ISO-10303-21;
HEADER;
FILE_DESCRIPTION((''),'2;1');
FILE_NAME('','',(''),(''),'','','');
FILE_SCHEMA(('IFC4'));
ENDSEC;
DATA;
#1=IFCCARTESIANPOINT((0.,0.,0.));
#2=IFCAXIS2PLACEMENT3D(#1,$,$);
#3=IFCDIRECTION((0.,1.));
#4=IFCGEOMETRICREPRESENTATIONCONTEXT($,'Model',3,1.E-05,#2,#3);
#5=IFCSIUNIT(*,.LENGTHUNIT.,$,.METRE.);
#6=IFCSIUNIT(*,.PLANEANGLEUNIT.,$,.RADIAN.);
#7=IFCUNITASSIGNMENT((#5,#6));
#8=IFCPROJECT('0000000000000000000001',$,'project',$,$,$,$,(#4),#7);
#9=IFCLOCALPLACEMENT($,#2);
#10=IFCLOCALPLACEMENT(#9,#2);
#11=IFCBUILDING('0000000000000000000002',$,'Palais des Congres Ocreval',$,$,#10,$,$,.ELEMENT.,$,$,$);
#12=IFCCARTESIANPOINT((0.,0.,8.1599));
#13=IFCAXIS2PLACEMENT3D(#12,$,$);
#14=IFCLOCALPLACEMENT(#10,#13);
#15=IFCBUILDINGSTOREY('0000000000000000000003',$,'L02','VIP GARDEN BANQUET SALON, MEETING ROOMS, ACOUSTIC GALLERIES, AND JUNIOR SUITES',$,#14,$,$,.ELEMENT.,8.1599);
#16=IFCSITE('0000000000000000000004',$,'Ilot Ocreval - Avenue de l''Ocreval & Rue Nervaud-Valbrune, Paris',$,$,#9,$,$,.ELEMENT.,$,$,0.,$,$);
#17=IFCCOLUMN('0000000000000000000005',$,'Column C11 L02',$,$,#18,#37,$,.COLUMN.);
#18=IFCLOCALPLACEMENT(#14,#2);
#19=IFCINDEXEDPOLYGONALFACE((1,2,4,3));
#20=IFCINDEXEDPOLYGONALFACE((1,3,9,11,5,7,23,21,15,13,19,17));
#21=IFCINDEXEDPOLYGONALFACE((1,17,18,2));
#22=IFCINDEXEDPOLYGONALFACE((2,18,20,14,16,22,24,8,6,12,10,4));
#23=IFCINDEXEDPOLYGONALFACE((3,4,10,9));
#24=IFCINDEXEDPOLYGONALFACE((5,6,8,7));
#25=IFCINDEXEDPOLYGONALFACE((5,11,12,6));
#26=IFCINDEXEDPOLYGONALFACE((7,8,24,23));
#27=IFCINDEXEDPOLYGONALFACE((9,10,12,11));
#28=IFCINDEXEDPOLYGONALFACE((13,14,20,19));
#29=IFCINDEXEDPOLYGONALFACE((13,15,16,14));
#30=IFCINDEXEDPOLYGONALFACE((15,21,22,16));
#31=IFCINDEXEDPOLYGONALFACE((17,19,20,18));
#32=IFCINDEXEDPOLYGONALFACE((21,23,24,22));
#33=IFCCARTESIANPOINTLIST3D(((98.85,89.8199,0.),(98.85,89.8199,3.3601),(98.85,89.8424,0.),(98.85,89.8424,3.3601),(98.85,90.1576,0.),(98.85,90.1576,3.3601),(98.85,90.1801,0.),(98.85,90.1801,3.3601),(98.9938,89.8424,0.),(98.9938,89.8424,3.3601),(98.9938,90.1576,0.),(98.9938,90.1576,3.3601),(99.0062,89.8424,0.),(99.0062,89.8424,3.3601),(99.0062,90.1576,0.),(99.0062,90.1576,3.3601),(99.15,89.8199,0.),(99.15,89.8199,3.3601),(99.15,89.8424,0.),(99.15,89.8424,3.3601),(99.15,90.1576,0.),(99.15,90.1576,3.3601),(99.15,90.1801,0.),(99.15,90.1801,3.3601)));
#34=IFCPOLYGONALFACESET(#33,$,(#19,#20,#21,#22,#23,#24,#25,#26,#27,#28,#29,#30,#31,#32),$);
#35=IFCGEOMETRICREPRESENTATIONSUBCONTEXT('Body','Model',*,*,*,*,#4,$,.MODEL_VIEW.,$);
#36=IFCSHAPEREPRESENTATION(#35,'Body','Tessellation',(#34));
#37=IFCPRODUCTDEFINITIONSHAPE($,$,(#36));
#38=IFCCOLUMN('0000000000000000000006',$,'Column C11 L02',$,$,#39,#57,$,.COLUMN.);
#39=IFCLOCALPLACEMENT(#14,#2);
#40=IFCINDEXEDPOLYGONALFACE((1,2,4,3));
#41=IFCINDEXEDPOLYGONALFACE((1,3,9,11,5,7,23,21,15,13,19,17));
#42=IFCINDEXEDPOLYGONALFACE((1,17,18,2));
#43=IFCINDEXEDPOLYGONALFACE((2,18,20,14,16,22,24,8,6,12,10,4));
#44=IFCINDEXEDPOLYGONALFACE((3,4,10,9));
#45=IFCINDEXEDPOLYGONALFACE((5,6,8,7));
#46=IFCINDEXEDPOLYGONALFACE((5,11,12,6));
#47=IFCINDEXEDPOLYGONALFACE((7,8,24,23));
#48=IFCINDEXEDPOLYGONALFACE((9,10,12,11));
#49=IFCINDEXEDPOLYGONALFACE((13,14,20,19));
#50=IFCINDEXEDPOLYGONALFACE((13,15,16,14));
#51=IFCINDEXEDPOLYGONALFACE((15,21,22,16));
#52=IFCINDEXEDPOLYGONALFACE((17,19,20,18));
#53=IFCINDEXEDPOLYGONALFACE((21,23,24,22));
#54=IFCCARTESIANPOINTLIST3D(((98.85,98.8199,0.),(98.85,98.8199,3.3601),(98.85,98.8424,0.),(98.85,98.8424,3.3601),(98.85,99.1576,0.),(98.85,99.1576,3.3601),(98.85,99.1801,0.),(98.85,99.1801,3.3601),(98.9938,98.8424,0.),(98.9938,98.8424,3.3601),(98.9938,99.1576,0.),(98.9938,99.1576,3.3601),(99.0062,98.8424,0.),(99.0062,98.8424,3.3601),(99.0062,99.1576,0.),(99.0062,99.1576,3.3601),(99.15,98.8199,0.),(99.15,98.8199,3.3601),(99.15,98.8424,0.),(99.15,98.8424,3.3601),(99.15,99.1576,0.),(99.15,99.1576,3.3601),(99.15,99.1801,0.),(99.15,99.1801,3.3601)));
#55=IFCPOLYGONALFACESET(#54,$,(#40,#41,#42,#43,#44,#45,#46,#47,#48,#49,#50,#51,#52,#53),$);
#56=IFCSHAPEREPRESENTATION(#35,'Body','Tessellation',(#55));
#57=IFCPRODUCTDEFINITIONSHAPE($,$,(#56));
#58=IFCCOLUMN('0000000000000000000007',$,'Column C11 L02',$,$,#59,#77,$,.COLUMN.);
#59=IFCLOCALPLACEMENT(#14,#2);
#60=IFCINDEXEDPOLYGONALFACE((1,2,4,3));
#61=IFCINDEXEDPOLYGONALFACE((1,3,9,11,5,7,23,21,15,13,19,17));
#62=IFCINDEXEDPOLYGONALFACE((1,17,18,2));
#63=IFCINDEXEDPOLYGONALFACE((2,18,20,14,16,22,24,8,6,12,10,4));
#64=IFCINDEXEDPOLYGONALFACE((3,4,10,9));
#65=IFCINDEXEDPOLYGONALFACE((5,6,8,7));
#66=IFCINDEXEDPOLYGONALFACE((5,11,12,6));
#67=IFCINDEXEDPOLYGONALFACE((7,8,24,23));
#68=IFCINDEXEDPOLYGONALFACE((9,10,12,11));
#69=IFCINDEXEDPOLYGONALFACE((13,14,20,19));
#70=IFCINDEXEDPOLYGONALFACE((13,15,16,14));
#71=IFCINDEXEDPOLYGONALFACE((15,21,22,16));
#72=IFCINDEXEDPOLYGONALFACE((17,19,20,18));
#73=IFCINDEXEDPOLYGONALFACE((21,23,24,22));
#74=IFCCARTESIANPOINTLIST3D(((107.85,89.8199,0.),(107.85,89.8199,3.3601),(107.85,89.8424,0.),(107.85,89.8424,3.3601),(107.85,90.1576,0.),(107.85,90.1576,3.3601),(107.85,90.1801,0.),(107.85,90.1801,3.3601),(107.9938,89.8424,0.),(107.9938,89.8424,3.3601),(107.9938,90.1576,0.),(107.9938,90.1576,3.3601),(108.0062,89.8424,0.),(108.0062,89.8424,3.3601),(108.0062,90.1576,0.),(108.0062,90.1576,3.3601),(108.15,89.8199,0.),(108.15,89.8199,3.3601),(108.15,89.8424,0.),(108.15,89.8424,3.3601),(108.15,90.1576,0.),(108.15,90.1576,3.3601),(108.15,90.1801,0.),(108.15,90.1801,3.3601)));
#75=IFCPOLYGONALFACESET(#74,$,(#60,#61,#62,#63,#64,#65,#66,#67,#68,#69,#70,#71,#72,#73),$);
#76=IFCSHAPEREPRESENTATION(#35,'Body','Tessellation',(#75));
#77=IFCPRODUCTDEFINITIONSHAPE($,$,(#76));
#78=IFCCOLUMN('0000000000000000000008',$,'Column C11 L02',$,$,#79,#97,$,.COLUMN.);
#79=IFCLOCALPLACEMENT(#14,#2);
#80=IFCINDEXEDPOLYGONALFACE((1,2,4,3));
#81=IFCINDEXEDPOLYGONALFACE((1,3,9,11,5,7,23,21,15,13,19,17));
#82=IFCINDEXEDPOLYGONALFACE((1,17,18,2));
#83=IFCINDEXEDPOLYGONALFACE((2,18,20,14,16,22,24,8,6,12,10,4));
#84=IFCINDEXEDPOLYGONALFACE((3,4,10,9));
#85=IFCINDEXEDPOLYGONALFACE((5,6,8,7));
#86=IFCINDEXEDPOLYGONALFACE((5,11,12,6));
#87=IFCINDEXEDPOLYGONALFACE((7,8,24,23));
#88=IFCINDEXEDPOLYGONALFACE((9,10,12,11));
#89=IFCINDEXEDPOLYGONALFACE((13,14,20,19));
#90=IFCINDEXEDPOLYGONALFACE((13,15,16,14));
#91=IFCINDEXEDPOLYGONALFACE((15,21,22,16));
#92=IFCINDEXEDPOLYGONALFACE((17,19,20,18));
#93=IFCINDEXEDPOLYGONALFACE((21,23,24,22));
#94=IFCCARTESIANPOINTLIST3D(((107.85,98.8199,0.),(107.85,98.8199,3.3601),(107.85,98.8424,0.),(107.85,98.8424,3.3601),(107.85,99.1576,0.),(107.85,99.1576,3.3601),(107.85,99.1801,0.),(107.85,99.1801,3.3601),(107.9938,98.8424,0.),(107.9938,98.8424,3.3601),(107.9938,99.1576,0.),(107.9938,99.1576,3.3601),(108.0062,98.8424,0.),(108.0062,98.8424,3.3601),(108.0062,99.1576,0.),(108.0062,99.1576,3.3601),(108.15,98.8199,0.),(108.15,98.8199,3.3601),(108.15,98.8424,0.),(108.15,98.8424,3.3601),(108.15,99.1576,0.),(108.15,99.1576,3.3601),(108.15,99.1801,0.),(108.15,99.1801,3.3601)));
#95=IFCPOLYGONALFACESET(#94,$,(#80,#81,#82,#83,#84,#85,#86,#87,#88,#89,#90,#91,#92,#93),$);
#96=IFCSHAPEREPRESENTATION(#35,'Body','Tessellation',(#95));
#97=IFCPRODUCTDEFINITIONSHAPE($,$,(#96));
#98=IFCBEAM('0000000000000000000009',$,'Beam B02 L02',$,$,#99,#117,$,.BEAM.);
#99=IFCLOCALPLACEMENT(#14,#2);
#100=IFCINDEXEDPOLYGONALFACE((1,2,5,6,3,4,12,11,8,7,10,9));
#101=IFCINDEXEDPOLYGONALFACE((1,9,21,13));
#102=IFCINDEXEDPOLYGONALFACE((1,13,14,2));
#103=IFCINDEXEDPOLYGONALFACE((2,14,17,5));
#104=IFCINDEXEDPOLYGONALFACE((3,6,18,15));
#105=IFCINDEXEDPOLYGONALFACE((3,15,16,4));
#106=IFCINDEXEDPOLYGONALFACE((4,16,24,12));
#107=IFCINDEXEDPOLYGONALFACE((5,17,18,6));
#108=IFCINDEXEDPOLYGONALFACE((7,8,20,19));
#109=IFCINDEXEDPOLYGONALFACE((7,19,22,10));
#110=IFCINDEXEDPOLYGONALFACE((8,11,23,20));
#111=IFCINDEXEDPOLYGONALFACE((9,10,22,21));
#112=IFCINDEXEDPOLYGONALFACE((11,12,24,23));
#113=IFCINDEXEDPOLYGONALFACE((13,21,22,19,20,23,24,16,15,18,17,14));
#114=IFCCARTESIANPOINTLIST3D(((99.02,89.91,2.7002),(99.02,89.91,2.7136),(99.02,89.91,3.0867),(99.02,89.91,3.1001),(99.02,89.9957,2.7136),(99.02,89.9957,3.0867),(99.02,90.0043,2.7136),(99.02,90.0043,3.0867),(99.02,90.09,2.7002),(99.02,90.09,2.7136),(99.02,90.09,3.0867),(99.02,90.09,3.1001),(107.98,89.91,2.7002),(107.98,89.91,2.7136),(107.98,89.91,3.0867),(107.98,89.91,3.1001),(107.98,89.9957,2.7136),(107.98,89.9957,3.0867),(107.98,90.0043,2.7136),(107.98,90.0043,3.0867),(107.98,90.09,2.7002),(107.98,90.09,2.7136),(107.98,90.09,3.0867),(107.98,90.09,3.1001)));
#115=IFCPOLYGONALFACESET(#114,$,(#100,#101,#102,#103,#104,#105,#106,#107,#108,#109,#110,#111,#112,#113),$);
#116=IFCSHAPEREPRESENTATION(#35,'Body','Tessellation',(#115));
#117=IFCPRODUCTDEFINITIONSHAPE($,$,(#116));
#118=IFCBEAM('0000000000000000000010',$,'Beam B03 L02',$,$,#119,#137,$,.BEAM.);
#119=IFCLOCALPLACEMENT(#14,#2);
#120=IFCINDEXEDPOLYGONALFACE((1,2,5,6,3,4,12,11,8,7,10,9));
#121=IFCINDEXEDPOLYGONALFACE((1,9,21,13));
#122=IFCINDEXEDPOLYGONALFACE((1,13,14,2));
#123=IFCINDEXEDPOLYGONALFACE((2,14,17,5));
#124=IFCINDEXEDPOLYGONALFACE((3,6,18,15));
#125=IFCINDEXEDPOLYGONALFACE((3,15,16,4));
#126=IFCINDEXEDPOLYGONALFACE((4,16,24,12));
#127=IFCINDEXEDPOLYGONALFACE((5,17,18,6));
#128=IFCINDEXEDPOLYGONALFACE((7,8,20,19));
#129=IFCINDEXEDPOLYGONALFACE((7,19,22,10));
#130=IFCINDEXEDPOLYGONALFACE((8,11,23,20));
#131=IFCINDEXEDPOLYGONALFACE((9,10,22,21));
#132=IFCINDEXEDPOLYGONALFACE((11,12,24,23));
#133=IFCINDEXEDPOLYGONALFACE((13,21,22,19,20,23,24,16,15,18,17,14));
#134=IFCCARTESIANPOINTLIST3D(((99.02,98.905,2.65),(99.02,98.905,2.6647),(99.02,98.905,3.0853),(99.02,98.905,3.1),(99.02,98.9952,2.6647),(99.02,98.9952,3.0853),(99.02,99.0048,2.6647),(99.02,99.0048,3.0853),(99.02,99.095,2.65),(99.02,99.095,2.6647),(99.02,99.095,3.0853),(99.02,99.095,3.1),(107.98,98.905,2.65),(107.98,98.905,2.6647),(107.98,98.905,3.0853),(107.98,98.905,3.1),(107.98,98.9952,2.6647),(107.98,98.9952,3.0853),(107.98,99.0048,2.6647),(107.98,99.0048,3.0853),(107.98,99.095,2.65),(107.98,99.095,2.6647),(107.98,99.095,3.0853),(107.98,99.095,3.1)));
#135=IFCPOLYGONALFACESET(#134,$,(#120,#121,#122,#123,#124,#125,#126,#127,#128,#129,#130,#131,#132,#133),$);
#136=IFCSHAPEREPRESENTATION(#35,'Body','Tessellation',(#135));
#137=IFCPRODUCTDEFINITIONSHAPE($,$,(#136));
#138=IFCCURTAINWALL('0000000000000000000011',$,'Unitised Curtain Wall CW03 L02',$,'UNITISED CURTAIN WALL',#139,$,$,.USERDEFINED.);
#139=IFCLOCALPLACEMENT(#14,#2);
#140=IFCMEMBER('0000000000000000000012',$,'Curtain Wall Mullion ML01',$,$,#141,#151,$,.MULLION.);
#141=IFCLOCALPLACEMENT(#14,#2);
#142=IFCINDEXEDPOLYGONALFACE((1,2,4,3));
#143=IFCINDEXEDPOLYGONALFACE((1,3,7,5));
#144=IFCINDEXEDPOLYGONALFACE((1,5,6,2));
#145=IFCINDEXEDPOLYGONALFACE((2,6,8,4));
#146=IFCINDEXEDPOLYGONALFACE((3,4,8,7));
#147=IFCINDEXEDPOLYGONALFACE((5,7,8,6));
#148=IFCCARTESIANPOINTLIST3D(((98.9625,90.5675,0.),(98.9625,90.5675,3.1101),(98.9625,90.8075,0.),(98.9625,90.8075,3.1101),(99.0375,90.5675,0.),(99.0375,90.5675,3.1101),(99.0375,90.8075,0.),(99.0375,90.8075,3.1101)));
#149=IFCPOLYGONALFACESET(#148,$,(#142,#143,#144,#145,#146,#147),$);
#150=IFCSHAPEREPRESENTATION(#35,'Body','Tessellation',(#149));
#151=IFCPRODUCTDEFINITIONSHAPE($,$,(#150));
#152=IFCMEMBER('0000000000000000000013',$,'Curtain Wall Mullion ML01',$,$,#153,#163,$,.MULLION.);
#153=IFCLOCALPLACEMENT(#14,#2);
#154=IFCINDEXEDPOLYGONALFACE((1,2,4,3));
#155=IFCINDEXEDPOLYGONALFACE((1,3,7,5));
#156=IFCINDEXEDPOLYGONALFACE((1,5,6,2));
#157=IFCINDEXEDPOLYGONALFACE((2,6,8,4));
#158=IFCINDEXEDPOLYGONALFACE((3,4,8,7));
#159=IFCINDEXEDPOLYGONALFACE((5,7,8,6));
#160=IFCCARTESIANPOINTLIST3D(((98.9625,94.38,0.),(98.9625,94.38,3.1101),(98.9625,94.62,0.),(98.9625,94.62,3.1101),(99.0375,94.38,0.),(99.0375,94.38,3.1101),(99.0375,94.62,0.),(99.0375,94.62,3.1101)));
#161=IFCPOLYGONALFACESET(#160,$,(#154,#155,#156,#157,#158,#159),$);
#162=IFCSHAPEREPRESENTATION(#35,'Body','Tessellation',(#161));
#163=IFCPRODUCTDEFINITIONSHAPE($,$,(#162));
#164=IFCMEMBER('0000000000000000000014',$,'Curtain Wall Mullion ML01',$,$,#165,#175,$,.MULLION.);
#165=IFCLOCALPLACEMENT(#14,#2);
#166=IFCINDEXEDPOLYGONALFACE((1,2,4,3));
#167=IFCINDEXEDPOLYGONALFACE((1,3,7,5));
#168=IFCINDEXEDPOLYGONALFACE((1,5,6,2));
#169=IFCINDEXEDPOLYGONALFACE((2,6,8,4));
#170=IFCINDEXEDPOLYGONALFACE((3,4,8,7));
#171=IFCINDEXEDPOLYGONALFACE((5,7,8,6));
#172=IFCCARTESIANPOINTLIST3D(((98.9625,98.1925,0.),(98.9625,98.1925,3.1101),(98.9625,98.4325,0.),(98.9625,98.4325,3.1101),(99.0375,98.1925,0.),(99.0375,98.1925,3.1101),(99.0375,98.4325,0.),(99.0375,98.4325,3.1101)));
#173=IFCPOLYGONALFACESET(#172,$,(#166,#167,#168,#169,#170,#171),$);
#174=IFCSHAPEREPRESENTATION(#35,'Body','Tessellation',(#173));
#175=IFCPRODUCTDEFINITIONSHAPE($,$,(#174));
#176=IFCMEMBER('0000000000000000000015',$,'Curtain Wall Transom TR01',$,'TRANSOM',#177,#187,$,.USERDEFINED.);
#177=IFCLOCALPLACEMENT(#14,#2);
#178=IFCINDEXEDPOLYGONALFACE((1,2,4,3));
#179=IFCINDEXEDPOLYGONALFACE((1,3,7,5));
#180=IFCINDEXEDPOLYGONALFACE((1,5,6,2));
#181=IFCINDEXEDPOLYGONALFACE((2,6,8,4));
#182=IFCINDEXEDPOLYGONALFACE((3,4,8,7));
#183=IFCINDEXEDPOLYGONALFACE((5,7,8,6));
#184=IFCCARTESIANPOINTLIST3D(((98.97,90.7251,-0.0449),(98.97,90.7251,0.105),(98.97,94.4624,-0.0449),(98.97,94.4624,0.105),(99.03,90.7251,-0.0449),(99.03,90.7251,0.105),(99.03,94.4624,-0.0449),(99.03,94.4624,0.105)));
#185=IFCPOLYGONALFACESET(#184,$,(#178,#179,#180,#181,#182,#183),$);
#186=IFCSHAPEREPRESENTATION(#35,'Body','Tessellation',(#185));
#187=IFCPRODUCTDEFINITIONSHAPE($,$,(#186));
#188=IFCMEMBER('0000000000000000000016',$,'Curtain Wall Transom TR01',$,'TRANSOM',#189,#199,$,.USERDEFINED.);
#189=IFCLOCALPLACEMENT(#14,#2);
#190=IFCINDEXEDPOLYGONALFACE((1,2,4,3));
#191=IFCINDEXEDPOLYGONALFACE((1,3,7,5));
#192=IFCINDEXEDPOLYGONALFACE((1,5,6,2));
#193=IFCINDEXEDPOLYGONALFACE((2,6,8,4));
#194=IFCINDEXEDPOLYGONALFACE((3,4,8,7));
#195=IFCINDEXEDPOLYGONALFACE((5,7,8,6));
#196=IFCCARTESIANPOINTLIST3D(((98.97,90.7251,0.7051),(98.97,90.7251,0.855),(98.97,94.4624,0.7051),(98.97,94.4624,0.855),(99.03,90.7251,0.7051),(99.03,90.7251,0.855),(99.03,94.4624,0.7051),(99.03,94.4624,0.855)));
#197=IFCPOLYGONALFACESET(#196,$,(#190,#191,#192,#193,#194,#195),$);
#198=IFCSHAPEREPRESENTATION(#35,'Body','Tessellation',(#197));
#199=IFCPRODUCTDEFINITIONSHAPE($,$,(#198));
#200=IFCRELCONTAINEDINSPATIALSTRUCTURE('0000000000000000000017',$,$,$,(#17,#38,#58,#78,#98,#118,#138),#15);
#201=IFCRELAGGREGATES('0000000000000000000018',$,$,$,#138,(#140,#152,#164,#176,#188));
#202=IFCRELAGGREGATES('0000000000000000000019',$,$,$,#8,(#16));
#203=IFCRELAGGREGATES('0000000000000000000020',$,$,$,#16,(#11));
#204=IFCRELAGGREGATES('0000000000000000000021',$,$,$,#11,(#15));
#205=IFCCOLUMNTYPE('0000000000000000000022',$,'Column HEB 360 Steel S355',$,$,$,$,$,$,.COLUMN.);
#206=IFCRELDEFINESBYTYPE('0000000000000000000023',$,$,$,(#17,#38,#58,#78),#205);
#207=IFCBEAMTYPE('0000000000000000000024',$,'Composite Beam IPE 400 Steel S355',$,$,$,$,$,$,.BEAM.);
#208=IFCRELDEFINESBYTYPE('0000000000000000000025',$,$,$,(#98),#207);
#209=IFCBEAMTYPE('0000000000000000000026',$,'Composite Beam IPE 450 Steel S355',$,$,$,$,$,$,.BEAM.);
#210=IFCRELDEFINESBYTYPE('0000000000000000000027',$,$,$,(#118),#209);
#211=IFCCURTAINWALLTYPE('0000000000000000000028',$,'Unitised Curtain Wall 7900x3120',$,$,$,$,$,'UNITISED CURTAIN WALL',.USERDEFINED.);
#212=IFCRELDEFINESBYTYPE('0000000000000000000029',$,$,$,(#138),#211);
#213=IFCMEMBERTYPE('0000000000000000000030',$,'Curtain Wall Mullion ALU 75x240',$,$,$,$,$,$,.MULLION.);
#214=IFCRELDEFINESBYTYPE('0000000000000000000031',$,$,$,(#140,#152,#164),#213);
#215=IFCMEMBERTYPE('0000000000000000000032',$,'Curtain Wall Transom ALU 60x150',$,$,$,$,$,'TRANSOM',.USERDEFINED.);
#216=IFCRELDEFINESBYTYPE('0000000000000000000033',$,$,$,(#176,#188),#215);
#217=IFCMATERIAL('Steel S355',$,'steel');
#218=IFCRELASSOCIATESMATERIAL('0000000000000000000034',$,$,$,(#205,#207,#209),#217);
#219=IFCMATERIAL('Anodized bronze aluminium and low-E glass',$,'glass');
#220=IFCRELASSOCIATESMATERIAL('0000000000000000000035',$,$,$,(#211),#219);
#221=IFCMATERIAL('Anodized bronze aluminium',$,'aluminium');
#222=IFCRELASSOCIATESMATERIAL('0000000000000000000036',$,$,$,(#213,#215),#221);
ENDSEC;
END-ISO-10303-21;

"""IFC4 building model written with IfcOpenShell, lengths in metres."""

from ifc_helpers import new_model, si_unit, direction, frame, origin, origin_2d, place, context, subcontext, project, spatial, rectangle, i_section, extrude, material, material_profile, profile_set, type_object, element, aggregate, save


model = new_model("IFC4")

# Units and contexts
model_context = context("Model", 3, precision=1e-05, world=origin(), true_north=direction((0.0, 1.0)))
body_context = subcontext(model_context, "Body", "Model", "MODEL_VIEW")
ifc_project = project(units=[si_unit("LENGTHUNIT", "METRE"), si_unit("PLANEANGLEUNIT", "RADIAN")], contexts=[model_context])

# Site, building, storey
site_placement = place(None, origin())
site = spatial("IfcSite", under=ifc_project, at=site_placement, Name="Ilot Ocreval - Avenue de l'Ocreval & Rue Nervaud-Valbrune, Paris", CompositionType="ELEMENT", RefElevation=0.0)
building_placement = place(site_placement, origin())
building = spatial("IfcBuilding", under=site, at=building_placement, Name="Palais des Congres Ocreval", CompositionType="ELEMENT")
storey_placement = place(building_placement, frame((0.0, 0.0, 8.1599)))
storey = spatial("IfcBuildingStorey", under=building, at=storey_placement, Name="L02", Description="VIP GARDEN BANQUET SALON, MEETING ROOMS, ACOUSTIC GALLERIES, AND JUNIOR SUITES", CompositionType="ELEMENT", Elevation=8.1599)

# Columns
ifc_material_1 = material(Name="Steel S355", Category="steel")
ifc_material_profile_1 = material_profile(ifc_material_1, i_section(OverallWidth=0.3, OverallDepth=0.3601, WebThickness=0.0125, FlangeThickness=0.0225, at=origin_2d()), Name="HEB 360")
ifc_profile_set_1 = profile_set([ifc_material_profile_1], Name="Steel S355")
column_type = type_object("IfcColumnType", Name="Column HEB 360 Steel S355", PredefinedType="COLUMN", material=ifc_profile_set_1)
for number, where, z_axis, x_axis, name in (
    (1, (99.0, 90.0, 0.0), (0.0, 0.0, 1.0), (1.0, 0.0, 0.0), "Column C11 L02"),
    (2, (99.0, 99.0, 0.0), (0.0, 0.0, 1.0), (1.0, 0.0, 0.0), "Column C11 L02"),
    (3, (108.0, 90.0, 0.0), (0.0, 0.0, 1.0), (1.0, 0.0, 0.0), "Column C11 L02"),
    (4, (108.0, 99.0, 0.0), (0.0, 0.0, 1.0), (1.0, 0.0, 0.0), "Column C11 L02"),
):
    element("IfcColumn", number, at=place(storey_placement, frame(where, z_axis=z_axis, x_axis=x_axis)), inside=storey, type_object=column_type, Name=name, PredefinedType="COLUMN", context=body_context, shape_type="SweptSolid", body=[
        extrude(i_section(OverallWidth=0.3, OverallDepth=0.3601, WebThickness=0.0125, FlangeThickness=0.0225, at=origin_2d()), origin(), (0.0, 0.0, 1.0), 3.3601),
    ])

# Beams
ifc_material_profile_2 = material_profile(ifc_material_1, i_section(OverallWidth=0.1799, OverallDepth=0.3999, WebThickness=0.0085, FlangeThickness=0.0134, at=origin_2d()), Name="IPE 400")
ifc_profile_set_2 = profile_set([ifc_material_profile_2], Name="Steel S355")
beam_type_1 = type_object("IfcBeamType", Name="Composite Beam IPE 400 Steel S355", PredefinedType="BEAM", material=ifc_profile_set_2)
beam_1_placement = place(storey_placement, frame((99.02, 90.0, 2.9001), z_axis=(1.0, 0.0, 0.0), x_axis=(0.0, 1.0, 0.0)))
element("IfcBeam", 5, at=beam_1_placement, inside=storey, type_object=beam_type_1, Name="Beam B02 L02", PredefinedType="BEAM", context=body_context, shape_type="SweptSolid", body=[
    extrude(i_section(OverallWidth=0.1799, OverallDepth=0.3999, WebThickness=0.0085, FlangeThickness=0.0134, at=origin_2d()), origin(), (0.0, 0.0, 1.0), 8.96),
])
ifc_material_profile_3 = material_profile(ifc_material_1, i_section(OverallWidth=0.1899, OverallDepth=0.45, WebThickness=0.0095, FlangeThickness=0.0146, at=origin_2d()), Name="IPE 450")
ifc_profile_set_3 = profile_set([ifc_material_profile_3], Name="Steel S355")
beam_type_2 = type_object("IfcBeamType", Name="Composite Beam IPE 450 Steel S355", PredefinedType="BEAM", material=ifc_profile_set_3)
beam_2_placement = place(storey_placement, frame((99.02, 99.0, 2.875), z_axis=(1.0, 0.0, 0.0), x_axis=(0.0, 1.0, 0.0)))
element("IfcBeam", 6, at=beam_2_placement, inside=storey, type_object=beam_type_2, Name="Beam B03 L02", PredefinedType="BEAM", context=body_context, shape_type="SweptSolid", body=[
    extrude(i_section(OverallWidth=0.1899, OverallDepth=0.45, WebThickness=0.0095, FlangeThickness=0.0146, at=origin_2d()), origin(), (0.0, 0.0, 1.0), 8.96),
])

# Curtain wall, members
ifc_material_2 = material(Name="Anodized bronze aluminium and low-E glass", Category="glass")
curtain_wall_type = type_object("IfcCurtainWallType", Name="Unitised Curtain Wall 7900x3120", ElementType="UNITISED CURTAIN WALL", PredefinedType="USERDEFINED", material=ifc_material_2)
curtain_wall_placement = place(storey_placement, origin())
curtain_wall = element("IfcCurtainWall", 7, at=curtain_wall_placement, inside=storey, type_object=curtain_wall_type, Name="Unitised Curtain Wall CW03 L02", ObjectType="UNITISED CURTAIN WALL", PredefinedType="USERDEFINED")
ifc_material_3 = material(Name="Anodized bronze aluminium", Category="aluminium")
ifc_material_profile_4 = material_profile(ifc_material_3, rectangle(XDim=0.075, YDim=0.24, at=origin_2d()), Name="ALU 75x240")
ifc_profile_set_4 = profile_set([ifc_material_profile_4], Name="Anodized bronze aluminium")
member_type_1 = type_object("IfcMemberType", Name="Curtain Wall Mullion ALU 75x240", PredefinedType="MULLION", material=ifc_profile_set_4)
member_1_placement = place(storey_placement, frame((99.0, 90.6875, 0.0), z_axis=(0.0, 0.0, 1.0), x_axis=(-1.0, 0.0, 0.0)))
member_1 = element("IfcMember", 8, at=member_1_placement, type_object=member_type_1, Name="Curtain Wall Mullion ML01", PredefinedType="MULLION", context=body_context, shape_type="SweptSolid", body=[
    extrude(rectangle(XDim=0.075, YDim=0.24, at=origin_2d()), origin(), (0.0, 0.0, 1.0), 3.1101),
])
member_2_placement = place(storey_placement, frame((99.0, 94.5, 0.0), z_axis=(0.0, 0.0, 1.0), x_axis=(-1.0, 0.0, 0.0)))
member_2 = element("IfcMember", 9, at=member_2_placement, type_object=member_type_1, Name="Curtain Wall Mullion ML01", PredefinedType="MULLION", context=body_context, shape_type="SweptSolid", body=[
    extrude(rectangle(XDim=0.075, YDim=0.24, at=origin_2d()), origin(), (0.0, 0.0, 1.0), 3.1101),
])
member_3_placement = place(storey_placement, frame((99.0, 98.3125, 0.0), z_axis=(0.0, 0.0, 1.0), x_axis=(-1.0, 0.0, 0.0)))
member_3 = element("IfcMember", 10, at=member_3_placement, type_object=member_type_1, Name="Curtain Wall Mullion ML01", PredefinedType="MULLION", context=body_context, shape_type="SweptSolid", body=[
    extrude(rectangle(XDim=0.075, YDim=0.24, at=origin_2d()), origin(), (0.0, 0.0, 1.0), 3.1101),
])
ifc_material_profile_5 = material_profile(ifc_material_3, rectangle(XDim=0.0601, YDim=0.1499, at=origin_2d()), Name="ALU 60x150")
ifc_profile_set_5 = profile_set([ifc_material_profile_5], Name="Anodized bronze aluminium")
member_type_2 = type_object("IfcMemberType", Name="Curtain Wall Transom ALU 60x150", ElementType="TRANSOM", PredefinedType="USERDEFINED", material=ifc_profile_set_5)
member_4_placement = place(storey_placement, frame((99.0, 90.7251, 0.03), z_axis=(0.0, 1.0, 0.0), x_axis=(-1.0, 0.0, 0.0)))
member_4 = element("IfcMember", 11, at=member_4_placement, type_object=member_type_2, Name="Curtain Wall Transom TR01", ObjectType="TRANSOM", PredefinedType="USERDEFINED", context=body_context, shape_type="SweptSolid", body=[
    extrude(rectangle(XDim=0.0601, YDim=0.1499, at=origin_2d()), origin(), (0.0, 0.0, 1.0), 3.7373),
])
member_5_placement = place(storey_placement, frame((99.0, 90.7251, 0.78), z_axis=(0.0, 1.0, 0.0), x_axis=(-1.0, 0.0, 0.0)))
member_5 = element("IfcMember", 12, at=member_5_placement, type_object=member_type_2, Name="Curtain Wall Transom TR01", ObjectType="TRANSOM", PredefinedType="USERDEFINED", context=body_context, shape_type="SweptSolid", body=[
    extrude(rectangle(XDim=0.0601, YDim=0.1499, at=origin_2d()), origin(), (0.0, 0.0, 1.0), 3.7373),
])

aggregate(curtain_wall, [member_1, member_2, member_3, member_4, member_5])

save(model, "model.ifc")
